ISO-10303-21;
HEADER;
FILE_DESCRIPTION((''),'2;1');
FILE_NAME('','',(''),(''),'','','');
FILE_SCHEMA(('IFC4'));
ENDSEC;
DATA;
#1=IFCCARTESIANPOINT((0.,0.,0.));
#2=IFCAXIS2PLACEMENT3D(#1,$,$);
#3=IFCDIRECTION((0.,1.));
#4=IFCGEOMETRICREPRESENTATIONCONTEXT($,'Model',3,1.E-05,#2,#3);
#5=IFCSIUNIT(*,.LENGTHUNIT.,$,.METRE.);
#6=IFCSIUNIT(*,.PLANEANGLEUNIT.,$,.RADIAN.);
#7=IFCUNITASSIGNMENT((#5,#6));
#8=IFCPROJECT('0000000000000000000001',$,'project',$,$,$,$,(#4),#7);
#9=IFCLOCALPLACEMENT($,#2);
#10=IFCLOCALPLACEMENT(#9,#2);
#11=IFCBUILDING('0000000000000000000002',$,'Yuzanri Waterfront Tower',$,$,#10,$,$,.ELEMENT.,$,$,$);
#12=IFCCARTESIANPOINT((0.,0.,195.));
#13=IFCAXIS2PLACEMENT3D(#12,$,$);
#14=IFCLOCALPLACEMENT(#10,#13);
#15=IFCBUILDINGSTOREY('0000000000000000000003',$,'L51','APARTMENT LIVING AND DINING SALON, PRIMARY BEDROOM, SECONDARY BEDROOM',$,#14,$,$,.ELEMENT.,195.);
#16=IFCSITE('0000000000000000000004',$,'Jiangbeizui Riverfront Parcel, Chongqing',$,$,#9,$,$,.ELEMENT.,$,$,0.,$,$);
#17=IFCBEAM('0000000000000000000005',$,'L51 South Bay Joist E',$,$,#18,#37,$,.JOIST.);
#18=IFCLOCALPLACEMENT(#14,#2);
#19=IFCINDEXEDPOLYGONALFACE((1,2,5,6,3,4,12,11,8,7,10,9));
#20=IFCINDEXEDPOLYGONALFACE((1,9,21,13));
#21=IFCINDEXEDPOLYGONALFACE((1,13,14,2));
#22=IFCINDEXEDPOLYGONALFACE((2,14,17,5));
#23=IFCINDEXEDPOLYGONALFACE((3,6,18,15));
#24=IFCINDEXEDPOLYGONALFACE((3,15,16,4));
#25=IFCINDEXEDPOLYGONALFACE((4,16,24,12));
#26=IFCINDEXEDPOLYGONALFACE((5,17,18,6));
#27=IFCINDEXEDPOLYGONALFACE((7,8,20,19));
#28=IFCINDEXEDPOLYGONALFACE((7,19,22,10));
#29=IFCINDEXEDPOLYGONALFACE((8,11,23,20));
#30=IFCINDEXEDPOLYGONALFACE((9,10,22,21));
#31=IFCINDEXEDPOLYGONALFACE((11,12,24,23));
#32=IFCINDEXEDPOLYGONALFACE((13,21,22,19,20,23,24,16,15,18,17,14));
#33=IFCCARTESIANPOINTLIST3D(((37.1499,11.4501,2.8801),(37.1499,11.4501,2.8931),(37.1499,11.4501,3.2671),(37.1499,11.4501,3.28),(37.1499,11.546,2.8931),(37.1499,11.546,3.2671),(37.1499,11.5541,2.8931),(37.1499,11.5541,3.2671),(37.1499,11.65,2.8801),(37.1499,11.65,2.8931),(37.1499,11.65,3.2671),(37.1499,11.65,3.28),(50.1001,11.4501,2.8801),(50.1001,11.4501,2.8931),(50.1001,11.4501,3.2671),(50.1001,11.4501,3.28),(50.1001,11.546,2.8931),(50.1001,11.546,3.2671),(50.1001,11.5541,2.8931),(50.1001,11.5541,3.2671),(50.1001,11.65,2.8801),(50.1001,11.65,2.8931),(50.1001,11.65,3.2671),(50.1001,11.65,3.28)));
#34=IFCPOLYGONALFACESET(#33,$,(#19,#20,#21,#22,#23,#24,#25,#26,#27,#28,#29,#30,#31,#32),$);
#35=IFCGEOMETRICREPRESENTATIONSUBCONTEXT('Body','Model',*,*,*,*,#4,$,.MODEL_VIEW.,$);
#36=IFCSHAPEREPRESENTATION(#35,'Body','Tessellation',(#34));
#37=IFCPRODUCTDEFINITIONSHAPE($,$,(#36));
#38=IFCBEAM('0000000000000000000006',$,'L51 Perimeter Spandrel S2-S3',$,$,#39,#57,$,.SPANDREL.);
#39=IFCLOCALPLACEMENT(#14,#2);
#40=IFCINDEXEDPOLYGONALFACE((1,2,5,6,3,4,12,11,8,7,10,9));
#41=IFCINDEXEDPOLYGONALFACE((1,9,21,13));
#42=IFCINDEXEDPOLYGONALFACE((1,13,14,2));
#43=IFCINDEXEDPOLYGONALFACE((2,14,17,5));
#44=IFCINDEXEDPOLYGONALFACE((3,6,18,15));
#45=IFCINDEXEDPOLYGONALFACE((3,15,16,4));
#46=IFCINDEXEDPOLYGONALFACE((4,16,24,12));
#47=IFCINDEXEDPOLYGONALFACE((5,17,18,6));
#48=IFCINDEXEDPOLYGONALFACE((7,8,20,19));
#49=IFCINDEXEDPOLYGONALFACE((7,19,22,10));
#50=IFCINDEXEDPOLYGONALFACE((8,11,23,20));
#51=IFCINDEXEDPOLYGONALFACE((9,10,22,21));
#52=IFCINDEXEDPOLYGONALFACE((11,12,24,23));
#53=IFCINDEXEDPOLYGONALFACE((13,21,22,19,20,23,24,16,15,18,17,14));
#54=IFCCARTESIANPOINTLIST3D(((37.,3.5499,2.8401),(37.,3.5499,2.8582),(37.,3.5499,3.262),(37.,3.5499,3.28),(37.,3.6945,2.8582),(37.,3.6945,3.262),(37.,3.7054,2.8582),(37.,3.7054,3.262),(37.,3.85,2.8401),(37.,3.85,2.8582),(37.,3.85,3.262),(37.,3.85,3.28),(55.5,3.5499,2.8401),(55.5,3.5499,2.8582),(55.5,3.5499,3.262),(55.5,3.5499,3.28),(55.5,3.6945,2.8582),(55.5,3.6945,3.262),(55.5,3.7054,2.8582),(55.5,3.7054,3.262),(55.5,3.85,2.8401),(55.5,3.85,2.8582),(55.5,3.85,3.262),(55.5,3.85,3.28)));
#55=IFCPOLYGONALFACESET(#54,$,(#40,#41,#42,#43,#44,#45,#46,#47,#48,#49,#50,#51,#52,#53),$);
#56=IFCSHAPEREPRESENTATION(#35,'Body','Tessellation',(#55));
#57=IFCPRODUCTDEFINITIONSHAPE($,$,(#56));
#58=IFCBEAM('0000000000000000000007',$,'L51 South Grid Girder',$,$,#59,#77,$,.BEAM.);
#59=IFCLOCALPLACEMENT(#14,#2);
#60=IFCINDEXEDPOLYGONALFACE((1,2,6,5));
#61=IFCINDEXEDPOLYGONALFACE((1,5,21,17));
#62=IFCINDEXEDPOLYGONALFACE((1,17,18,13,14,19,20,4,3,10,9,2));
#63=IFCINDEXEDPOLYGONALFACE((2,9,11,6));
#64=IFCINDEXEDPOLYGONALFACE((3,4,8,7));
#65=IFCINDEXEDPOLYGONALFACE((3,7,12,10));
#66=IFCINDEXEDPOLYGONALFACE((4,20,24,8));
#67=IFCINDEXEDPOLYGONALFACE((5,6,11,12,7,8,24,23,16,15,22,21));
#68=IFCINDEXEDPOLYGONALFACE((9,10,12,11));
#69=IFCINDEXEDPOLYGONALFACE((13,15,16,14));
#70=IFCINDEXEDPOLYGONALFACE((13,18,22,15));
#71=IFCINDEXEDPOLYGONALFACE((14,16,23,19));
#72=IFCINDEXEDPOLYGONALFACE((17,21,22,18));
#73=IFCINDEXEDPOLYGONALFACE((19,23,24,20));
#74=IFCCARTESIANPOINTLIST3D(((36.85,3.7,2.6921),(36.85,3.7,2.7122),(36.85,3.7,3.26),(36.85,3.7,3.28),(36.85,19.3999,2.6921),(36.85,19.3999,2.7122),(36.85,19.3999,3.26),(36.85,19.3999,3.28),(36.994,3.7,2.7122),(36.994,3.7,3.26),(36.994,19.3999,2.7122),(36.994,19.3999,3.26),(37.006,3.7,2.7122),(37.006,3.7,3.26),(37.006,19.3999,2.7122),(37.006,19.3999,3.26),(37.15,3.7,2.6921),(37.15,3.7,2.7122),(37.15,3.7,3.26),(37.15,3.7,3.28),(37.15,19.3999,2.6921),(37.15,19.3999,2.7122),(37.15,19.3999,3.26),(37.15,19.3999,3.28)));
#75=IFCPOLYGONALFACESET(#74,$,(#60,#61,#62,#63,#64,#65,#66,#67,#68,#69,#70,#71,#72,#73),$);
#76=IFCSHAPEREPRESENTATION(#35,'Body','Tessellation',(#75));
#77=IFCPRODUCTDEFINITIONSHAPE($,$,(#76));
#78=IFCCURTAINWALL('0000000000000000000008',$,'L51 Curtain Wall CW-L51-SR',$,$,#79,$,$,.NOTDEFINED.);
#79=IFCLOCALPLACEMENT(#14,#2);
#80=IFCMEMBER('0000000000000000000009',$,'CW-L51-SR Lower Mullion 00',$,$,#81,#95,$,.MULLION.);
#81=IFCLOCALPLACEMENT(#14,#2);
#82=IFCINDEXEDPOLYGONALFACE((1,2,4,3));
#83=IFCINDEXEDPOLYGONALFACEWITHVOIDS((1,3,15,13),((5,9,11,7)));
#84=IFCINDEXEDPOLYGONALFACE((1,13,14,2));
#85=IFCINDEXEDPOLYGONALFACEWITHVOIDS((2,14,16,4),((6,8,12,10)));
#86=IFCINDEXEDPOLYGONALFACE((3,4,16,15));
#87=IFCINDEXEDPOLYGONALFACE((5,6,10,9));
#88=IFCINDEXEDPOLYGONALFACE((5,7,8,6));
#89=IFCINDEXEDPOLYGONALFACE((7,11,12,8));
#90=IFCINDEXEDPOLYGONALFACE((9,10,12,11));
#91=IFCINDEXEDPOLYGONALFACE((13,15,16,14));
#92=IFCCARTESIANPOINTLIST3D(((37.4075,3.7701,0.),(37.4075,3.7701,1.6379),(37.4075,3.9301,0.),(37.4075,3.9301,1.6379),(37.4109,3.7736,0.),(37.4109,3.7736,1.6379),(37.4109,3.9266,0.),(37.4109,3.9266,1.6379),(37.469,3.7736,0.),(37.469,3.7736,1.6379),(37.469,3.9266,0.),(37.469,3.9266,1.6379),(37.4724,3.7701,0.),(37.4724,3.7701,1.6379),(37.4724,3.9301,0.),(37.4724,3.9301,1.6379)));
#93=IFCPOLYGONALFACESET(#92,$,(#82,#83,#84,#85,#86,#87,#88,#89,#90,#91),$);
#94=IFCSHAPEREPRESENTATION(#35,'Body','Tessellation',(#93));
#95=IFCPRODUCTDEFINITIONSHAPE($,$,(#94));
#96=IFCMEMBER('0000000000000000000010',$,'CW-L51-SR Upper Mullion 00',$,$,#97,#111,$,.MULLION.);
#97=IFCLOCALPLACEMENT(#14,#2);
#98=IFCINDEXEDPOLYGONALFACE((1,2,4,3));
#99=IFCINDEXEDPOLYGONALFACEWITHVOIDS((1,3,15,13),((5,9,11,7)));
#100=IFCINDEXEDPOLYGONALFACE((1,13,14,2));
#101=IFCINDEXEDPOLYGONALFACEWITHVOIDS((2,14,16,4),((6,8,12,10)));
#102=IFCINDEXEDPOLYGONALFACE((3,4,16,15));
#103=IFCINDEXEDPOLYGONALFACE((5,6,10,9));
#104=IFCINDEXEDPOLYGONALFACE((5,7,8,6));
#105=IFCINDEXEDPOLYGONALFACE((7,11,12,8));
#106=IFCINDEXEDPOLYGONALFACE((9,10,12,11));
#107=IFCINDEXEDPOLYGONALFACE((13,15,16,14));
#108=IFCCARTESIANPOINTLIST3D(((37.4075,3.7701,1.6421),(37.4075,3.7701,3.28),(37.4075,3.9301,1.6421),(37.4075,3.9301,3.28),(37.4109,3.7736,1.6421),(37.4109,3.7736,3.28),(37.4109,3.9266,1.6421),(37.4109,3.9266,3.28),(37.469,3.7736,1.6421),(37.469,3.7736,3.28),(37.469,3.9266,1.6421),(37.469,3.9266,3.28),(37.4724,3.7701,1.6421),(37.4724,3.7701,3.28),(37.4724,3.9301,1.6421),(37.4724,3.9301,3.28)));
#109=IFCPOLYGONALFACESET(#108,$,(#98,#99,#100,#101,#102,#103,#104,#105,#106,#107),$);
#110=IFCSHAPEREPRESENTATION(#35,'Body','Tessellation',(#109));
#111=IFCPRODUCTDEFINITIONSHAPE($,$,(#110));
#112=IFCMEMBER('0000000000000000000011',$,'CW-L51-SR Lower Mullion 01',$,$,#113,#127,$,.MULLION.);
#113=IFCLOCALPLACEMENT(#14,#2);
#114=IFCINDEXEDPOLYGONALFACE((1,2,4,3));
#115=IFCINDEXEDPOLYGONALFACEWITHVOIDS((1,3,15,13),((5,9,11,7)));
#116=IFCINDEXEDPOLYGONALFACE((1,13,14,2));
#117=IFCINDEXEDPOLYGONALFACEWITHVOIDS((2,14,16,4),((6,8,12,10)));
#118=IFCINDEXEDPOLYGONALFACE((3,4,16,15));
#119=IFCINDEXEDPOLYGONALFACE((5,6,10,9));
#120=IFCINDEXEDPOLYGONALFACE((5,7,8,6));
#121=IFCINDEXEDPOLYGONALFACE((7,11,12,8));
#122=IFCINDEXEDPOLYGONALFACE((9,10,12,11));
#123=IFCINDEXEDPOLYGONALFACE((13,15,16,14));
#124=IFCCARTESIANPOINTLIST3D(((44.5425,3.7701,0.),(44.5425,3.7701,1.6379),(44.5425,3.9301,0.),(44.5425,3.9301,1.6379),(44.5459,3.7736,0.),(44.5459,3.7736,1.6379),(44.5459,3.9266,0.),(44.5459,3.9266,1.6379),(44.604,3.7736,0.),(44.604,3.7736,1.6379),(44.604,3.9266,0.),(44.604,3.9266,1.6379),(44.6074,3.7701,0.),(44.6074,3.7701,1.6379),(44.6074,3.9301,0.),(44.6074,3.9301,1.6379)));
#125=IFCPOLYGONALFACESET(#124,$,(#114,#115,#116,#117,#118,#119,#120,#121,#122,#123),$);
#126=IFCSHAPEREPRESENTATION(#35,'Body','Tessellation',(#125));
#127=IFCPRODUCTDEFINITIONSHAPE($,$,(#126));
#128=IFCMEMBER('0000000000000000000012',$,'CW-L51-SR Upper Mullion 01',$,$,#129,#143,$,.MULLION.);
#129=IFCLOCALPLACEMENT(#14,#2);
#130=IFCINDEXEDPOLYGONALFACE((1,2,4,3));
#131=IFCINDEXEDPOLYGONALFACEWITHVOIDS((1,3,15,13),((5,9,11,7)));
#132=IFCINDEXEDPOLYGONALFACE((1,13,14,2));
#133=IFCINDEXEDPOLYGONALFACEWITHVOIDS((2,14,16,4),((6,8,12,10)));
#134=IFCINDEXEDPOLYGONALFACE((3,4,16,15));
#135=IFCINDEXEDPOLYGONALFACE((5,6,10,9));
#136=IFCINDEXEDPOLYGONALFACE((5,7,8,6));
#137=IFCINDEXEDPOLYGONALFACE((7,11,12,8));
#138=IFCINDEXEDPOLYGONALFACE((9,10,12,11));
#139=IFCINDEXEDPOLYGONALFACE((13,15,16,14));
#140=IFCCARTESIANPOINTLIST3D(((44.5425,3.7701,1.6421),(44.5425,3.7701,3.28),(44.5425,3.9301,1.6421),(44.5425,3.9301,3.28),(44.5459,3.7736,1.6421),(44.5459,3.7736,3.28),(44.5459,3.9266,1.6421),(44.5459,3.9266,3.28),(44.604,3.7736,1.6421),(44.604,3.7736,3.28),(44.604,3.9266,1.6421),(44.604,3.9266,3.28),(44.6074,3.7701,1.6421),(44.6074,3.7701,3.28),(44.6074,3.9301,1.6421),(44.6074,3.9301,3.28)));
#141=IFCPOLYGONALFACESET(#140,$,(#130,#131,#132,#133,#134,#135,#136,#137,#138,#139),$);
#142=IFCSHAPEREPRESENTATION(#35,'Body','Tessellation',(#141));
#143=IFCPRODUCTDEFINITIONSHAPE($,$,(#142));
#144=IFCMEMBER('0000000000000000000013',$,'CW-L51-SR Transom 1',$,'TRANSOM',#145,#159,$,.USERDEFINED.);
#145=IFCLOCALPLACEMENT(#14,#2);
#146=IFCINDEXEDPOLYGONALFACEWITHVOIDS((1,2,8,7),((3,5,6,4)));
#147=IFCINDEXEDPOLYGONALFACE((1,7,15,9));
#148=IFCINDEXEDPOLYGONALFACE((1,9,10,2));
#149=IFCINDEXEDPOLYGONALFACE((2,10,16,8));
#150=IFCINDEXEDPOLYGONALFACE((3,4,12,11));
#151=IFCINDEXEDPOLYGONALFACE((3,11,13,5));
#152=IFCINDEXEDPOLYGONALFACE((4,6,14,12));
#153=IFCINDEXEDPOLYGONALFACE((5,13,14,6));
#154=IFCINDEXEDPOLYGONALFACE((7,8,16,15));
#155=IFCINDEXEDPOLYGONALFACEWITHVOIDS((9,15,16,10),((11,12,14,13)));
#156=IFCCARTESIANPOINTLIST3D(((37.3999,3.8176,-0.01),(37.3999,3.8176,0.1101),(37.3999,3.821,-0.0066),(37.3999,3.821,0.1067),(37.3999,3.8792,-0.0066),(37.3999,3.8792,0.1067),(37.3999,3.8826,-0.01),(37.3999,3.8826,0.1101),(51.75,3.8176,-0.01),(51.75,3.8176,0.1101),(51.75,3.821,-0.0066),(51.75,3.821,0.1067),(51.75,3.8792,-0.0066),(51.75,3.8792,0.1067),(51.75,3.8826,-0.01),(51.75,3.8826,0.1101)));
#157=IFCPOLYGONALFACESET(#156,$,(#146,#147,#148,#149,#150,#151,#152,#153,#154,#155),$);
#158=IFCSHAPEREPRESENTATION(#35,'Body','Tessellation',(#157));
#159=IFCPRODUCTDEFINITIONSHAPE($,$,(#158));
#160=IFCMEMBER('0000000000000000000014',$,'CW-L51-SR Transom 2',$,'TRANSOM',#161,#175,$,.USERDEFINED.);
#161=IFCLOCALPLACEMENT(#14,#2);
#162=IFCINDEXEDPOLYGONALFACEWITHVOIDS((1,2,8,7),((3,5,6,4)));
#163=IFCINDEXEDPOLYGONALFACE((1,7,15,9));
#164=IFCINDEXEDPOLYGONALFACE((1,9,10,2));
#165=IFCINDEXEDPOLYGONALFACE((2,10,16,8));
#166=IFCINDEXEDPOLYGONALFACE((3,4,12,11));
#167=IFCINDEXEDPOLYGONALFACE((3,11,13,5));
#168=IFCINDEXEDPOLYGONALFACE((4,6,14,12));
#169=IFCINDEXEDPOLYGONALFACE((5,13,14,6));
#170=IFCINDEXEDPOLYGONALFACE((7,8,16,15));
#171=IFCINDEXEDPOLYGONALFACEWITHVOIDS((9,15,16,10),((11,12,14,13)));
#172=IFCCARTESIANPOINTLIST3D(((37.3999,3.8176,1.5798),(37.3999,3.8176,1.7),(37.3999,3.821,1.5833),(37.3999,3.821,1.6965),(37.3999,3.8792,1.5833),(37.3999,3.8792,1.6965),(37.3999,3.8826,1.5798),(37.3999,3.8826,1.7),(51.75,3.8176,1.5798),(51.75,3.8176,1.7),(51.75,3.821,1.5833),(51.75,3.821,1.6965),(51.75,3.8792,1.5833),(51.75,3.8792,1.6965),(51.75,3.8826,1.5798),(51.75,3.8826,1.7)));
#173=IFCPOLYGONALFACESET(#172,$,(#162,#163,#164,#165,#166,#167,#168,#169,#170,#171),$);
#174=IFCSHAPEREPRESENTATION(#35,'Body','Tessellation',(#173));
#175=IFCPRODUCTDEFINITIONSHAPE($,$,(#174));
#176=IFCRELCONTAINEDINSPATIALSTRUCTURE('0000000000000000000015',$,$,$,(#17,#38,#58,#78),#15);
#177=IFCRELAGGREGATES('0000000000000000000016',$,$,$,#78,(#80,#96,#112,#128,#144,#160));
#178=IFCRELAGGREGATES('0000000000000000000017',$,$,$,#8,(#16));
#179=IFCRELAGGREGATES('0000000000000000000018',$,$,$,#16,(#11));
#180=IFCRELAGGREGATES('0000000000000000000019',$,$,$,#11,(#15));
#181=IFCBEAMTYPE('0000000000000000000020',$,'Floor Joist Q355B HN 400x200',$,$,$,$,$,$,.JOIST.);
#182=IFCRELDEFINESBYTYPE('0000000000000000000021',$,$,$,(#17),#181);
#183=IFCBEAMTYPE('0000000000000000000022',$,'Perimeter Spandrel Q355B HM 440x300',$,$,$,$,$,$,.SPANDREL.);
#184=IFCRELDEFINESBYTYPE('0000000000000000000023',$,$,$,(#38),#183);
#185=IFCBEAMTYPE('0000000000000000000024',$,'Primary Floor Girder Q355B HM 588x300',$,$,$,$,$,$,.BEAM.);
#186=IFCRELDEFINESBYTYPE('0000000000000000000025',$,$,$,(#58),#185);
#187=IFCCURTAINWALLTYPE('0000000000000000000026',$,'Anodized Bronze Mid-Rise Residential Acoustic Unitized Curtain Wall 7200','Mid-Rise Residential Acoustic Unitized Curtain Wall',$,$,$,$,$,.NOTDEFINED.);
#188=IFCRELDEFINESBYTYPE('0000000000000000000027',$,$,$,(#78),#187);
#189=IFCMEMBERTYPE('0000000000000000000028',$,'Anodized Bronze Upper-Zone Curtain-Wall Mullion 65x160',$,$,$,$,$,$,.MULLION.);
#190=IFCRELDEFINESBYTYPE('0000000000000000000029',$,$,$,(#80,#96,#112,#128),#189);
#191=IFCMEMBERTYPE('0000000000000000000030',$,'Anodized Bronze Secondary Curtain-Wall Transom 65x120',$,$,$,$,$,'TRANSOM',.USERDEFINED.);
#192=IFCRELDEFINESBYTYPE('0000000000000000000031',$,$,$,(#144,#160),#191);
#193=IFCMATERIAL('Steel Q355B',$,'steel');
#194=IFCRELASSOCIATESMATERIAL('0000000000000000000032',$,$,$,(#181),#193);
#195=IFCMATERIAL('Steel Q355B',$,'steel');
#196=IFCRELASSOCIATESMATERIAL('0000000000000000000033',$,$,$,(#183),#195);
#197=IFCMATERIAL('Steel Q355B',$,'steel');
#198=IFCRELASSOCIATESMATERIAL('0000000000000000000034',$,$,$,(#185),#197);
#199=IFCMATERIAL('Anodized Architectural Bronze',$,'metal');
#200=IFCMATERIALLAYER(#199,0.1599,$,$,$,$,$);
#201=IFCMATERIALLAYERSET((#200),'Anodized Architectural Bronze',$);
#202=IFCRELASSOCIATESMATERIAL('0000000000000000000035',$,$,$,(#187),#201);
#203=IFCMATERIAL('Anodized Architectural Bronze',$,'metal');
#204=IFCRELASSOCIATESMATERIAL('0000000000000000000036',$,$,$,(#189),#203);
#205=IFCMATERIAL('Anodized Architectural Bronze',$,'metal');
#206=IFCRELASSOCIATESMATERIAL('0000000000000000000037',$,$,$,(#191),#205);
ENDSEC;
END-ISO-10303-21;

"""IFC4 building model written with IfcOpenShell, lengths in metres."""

from ifc_helpers import new_model, si_unit, direction, frame, origin, origin_2d, place, context, subcontext, project, spatial, hollow_rectangle, i_section, extrude, source, transform, mapped, material, layer, layer_set, material_profile, profile_set, type_object, element, aggregate, save


model = new_model("IFC4")

# Units and contexts
model_context = context("Model", 3, precision=1e-05, world=origin(), true_north=direction((0.0, 1.0)))
body_context = subcontext(model_context, "Body", "Model", "MODEL_VIEW")
ifc_project = project(units=[si_unit("LENGTHUNIT", "METRE"), si_unit("PLANEANGLEUNIT", "RADIAN")], contexts=[model_context])

# Site, building, storey
site_placement = place(None, origin())
site = spatial("IfcSite", under=ifc_project, at=site_placement, Name="Jiangbeizui Riverfront Parcel, Chongqing", CompositionType="ELEMENT", RefElevation=0.0)
building_placement = place(site_placement, origin())
building = spatial("IfcBuilding", under=site, at=building_placement, Name="Yuzanri Waterfront Tower", CompositionType="ELEMENT")
storey_placement = place(building_placement, frame((0.0, 0.0, 195.0)))
storey = spatial("IfcBuildingStorey", under=building, at=storey_placement, Name="L51", Description="APARTMENT LIVING AND DINING SALON, PRIMARY BEDROOM, SECONDARY BEDROOM", CompositionType="ELEMENT", Elevation=195.0)

# Beams
ifc_material_1 = material(Name="Steel Q355B", Category="steel")
ifc_material_profile_1 = material_profile(ifc_material_1, i_section(OverallWidth=0.2, OverallDepth=0.3999, WebThickness=0.0081, FlangeThickness=0.0129, at=origin_2d()), Name="HN 400x200x8x13")
ifc_profile_set_1 = profile_set([ifc_material_profile_1], Name="Steel Q355B")
beam_type_1 = type_object("IfcBeamType", Name="Floor Joist Q355B HN 400x200", PredefinedType="JOIST", material=ifc_profile_set_1)
shared_shape_1 = source(origin(), body_context, "Body", "SweptSolid", [
    extrude(i_section(OverallWidth=0.2, OverallDepth=0.3999, WebThickness=0.0081, FlangeThickness=0.0129, at=origin_2d()), origin(), (0.0, 0.0, 1.0), 12.9502),
])
beam_1_placement = place(storey_placement, frame((37.1499, 11.55, 3.0801), z_axis=(1.0, 0.0, 0.0), x_axis=(0.0, 1.0, 0.0)))
element("IfcBeam", 1, at=beam_1_placement, inside=storey, type_object=beam_type_1, Name="L51 South Bay Joist E", PredefinedType="JOIST", context=body_context, shape_type="MappedRepresentation", body=[
    mapped(shared_shape_1, transform((0.0, 0.0, 0.0), scale=1.0)),
])
ifc_material_2 = material(Name="Steel Q355B", Category="steel")
ifc_material_profile_2 = material_profile(ifc_material_2, i_section(OverallWidth=0.3, OverallDepth=0.4399, WebThickness=0.011, FlangeThickness=0.0181, at=origin_2d()), Name="HM 440x300x11x18")
ifc_profile_set_2 = profile_set([ifc_material_profile_2], Name="Steel Q355B")
beam_type_2 = type_object("IfcBeamType", Name="Perimeter Spandrel Q355B HM 440x300", PredefinedType="SPANDREL", material=ifc_profile_set_2)
shared_shape_2 = source(origin(), body_context, "Body", "SweptSolid", [
    extrude(i_section(OverallWidth=0.3, OverallDepth=0.4399, WebThickness=0.011, FlangeThickness=0.0181, at=origin_2d()), origin(), (0.0, 0.0, 1.0), 18.5),
])
beam_2_placement = place(storey_placement, frame((37.0, 3.7, 3.0601), z_axis=(1.0, 0.0, 0.0), x_axis=(0.0, 1.0, 0.0)))
element("IfcBeam", 2, at=beam_2_placement, inside=storey, type_object=beam_type_2, Name="L51 Perimeter Spandrel S2-S3", PredefinedType="SPANDREL", context=body_context, shape_type="MappedRepresentation", body=[
    mapped(shared_shape_2, transform((0.0, 0.0, 0.0), scale=1.0)),
])
ifc_material_3 = material(Name="Steel Q355B", Category="steel")
ifc_material_profile_3 = material_profile(ifc_material_3, i_section(OverallWidth=0.3, OverallDepth=0.5879, WebThickness=0.012, FlangeThickness=0.02, at=origin_2d()), Name="HM 588x300x12x20")
ifc_profile_set_3 = profile_set([ifc_material_profile_3], Name="Steel Q355B")
beam_type_3 = type_object("IfcBeamType", Name="Primary Floor Girder Q355B HM 588x300", PredefinedType="BEAM", material=ifc_profile_set_3)
shared_shape_3 = source(origin(), body_context, "Body", "SweptSolid", [
    extrude(i_section(OverallWidth=0.3, OverallDepth=0.5879, WebThickness=0.012, FlangeThickness=0.02, at=origin_2d()), origin(), (0.0, 0.0, 1.0), 15.7),
])
beam_3_placement = place(storey_placement, frame((37.0, 19.3999, 2.9861), z_axis=(0.0, -1.0, 0.0), x_axis=(1.0, 0.0, 0.0)))
element("IfcBeam", 3, at=beam_3_placement, inside=storey, type_object=beam_type_3, Name="L51 South Grid Girder", PredefinedType="BEAM", context=body_context, shape_type="MappedRepresentation", body=[
    mapped(shared_shape_3, transform((0.0, 0.0, 0.0), scale=1.0)),
])

# Curtain wall, members
ifc_material_4 = material(Name="Anodized Architectural Bronze", Category="metal")
ifc_layer_1 = layer(ifc_material_4, 0.1599)
ifc_layer_set_1 = layer_set([ifc_layer_1], Name="Anodized Architectural Bronze")
curtain_wall_type = type_object("IfcCurtainWallType", Name="Anodized Bronze Mid-Rise Residential Acoustic Unitized Curtain Wall 7200", Description="Mid-Rise Residential Acoustic Unitized Curtain Wall", PredefinedType="NOTDEFINED", material=ifc_layer_set_1)
curtain_wall_placement = place(storey_placement, origin())
curtain_wall = element("IfcCurtainWall", 4, at=curtain_wall_placement, inside=storey, type_object=curtain_wall_type, Name="L51 Curtain Wall CW-L51-SR", PredefinedType="NOTDEFINED")
ifc_material_5 = material(Name="Anodized Architectural Bronze", Category="metal")
ifc_material_profile_4 = material_profile(ifc_material_5, hollow_rectangle(XDim=0.0649, YDim=0.1599, WallThickness=0.0034, at=origin_2d()), Name="CWM 65x160")
ifc_profile_set_4 = profile_set([ifc_material_profile_4], Name="Anodized Architectural Bronze")
member_type_1 = type_object("IfcMemberType", Name="Anodized Bronze Upper-Zone Curtain-Wall Mullion 65x160", PredefinedType="MULLION", material=ifc_profile_set_4)
shared_shape_4 = source(origin(), body_context, "Body", "SweptSolid", [
    extrude(hollow_rectangle(XDim=0.0649, YDim=0.1599, WallThickness=0.0034, at=origin_2d()), origin(), (0.0, 0.0, 1.0), 1.6379),
])
member_1_placement = place(storey_placement, frame((37.4399, 3.8501, 0.0), z_axis=(0.0, 0.0, 1.0), x_axis=(1.0, 0.0, 0.0)))
member_1 = element("IfcMember", 5, at=member_1_placement, type_object=member_type_1, Name="CW-L51-SR Lower Mullion 00", PredefinedType="MULLION", context=body_context, shape_type="MappedRepresentation", body=[
    mapped(shared_shape_4, transform((0.0, 0.0, 0.0), scale=1.0)),
])
member_2_placement = place(storey_placement, frame((37.4399, 3.8501, 1.6421), z_axis=(0.0, 0.0, 1.0), x_axis=(1.0, 0.0, 0.0)))
member_2 = element("IfcMember", 6, at=member_2_placement, type_object=member_type_1, Name="CW-L51-SR Upper Mullion 00", PredefinedType="MULLION", context=body_context, shape_type="MappedRepresentation", body=[
    mapped(shared_shape_4, transform((0.0, 0.0, 0.0), scale=1.0)),
])
member_3_placement = place(storey_placement, frame((44.575, 3.8501, 0.0), z_axis=(0.0, 0.0, 1.0), x_axis=(1.0, 0.0, 0.0)))
member_3 = element("IfcMember", 7, at=member_3_placement, type_object=member_type_1, Name="CW-L51-SR Lower Mullion 01", PredefinedType="MULLION", context=body_context, shape_type="MappedRepresentation", body=[
    mapped(shared_shape_4, transform((0.0, 0.0, 0.0), scale=1.0)),
])
member_4_placement = place(storey_placement, frame((44.575, 3.8501, 1.6421), z_axis=(0.0, 0.0, 1.0), x_axis=(1.0, 0.0, 0.0)))
member_4 = element("IfcMember", 8, at=member_4_placement, type_object=member_type_1, Name="CW-L51-SR Upper Mullion 01", PredefinedType="MULLION", context=body_context, shape_type="MappedRepresentation", body=[
    mapped(shared_shape_4, transform((0.0, 0.0, 0.0), scale=1.0)),
])
ifc_material_6 = material(Name="Anodized Architectural Bronze", Category="metal")
ifc_material_profile_5 = material_profile(ifc_material_6, hollow_rectangle(XDim=0.0649, YDim=0.1201, WallThickness=0.0034, at=origin_2d()), Name="CWT 65x120")
ifc_profile_set_5 = profile_set([ifc_material_profile_5], Name="Anodized Architectural Bronze")
member_type_2 = type_object("IfcMemberType", Name="Anodized Bronze Secondary Curtain-Wall Transom 65x120", ElementType="TRANSOM", PredefinedType="USERDEFINED", material=ifc_profile_set_5)
shared_shape_5 = source(origin(), body_context, "Body", "SweptSolid", [
    extrude(hollow_rectangle(XDim=0.0649, YDim=0.1201, WallThickness=0.0034, at=origin_2d()), origin(), (0.0, 0.0, 1.0), 14.3501),
])
member_5_placement = place(storey_placement, frame((37.3999, 3.8501, 0.05), z_axis=(1.0, 0.0, 0.0), x_axis=(0.0, 1.0, 0.0)))
member_5 = element("IfcMember", 9, at=member_5_placement, type_object=member_type_2, Name="CW-L51-SR Transom 1", ObjectType="TRANSOM", PredefinedType="USERDEFINED", context=body_context, shape_type="MappedRepresentation", body=[
    mapped(shared_shape_5, transform((0.0, 0.0, 0.0), scale=1.0)),
])
member_6_placement = place(storey_placement, frame((37.3999, 3.8501, 1.6399), z_axis=(1.0, 0.0, 0.0), x_axis=(0.0, 1.0, 0.0)))
member_6 = element("IfcMember", 10, at=member_6_placement, type_object=member_type_2, Name="CW-L51-SR Transom 2", ObjectType="TRANSOM", PredefinedType="USERDEFINED", context=body_context, shape_type="MappedRepresentation", body=[
    mapped(shared_shape_5, transform((0.0, 0.0, 0.0), scale=1.0)),
])
aggregate(curtain_wall, [member_1, member_2, member_3, member_4, member_5, member_6])

save(model, "model.ifc")
